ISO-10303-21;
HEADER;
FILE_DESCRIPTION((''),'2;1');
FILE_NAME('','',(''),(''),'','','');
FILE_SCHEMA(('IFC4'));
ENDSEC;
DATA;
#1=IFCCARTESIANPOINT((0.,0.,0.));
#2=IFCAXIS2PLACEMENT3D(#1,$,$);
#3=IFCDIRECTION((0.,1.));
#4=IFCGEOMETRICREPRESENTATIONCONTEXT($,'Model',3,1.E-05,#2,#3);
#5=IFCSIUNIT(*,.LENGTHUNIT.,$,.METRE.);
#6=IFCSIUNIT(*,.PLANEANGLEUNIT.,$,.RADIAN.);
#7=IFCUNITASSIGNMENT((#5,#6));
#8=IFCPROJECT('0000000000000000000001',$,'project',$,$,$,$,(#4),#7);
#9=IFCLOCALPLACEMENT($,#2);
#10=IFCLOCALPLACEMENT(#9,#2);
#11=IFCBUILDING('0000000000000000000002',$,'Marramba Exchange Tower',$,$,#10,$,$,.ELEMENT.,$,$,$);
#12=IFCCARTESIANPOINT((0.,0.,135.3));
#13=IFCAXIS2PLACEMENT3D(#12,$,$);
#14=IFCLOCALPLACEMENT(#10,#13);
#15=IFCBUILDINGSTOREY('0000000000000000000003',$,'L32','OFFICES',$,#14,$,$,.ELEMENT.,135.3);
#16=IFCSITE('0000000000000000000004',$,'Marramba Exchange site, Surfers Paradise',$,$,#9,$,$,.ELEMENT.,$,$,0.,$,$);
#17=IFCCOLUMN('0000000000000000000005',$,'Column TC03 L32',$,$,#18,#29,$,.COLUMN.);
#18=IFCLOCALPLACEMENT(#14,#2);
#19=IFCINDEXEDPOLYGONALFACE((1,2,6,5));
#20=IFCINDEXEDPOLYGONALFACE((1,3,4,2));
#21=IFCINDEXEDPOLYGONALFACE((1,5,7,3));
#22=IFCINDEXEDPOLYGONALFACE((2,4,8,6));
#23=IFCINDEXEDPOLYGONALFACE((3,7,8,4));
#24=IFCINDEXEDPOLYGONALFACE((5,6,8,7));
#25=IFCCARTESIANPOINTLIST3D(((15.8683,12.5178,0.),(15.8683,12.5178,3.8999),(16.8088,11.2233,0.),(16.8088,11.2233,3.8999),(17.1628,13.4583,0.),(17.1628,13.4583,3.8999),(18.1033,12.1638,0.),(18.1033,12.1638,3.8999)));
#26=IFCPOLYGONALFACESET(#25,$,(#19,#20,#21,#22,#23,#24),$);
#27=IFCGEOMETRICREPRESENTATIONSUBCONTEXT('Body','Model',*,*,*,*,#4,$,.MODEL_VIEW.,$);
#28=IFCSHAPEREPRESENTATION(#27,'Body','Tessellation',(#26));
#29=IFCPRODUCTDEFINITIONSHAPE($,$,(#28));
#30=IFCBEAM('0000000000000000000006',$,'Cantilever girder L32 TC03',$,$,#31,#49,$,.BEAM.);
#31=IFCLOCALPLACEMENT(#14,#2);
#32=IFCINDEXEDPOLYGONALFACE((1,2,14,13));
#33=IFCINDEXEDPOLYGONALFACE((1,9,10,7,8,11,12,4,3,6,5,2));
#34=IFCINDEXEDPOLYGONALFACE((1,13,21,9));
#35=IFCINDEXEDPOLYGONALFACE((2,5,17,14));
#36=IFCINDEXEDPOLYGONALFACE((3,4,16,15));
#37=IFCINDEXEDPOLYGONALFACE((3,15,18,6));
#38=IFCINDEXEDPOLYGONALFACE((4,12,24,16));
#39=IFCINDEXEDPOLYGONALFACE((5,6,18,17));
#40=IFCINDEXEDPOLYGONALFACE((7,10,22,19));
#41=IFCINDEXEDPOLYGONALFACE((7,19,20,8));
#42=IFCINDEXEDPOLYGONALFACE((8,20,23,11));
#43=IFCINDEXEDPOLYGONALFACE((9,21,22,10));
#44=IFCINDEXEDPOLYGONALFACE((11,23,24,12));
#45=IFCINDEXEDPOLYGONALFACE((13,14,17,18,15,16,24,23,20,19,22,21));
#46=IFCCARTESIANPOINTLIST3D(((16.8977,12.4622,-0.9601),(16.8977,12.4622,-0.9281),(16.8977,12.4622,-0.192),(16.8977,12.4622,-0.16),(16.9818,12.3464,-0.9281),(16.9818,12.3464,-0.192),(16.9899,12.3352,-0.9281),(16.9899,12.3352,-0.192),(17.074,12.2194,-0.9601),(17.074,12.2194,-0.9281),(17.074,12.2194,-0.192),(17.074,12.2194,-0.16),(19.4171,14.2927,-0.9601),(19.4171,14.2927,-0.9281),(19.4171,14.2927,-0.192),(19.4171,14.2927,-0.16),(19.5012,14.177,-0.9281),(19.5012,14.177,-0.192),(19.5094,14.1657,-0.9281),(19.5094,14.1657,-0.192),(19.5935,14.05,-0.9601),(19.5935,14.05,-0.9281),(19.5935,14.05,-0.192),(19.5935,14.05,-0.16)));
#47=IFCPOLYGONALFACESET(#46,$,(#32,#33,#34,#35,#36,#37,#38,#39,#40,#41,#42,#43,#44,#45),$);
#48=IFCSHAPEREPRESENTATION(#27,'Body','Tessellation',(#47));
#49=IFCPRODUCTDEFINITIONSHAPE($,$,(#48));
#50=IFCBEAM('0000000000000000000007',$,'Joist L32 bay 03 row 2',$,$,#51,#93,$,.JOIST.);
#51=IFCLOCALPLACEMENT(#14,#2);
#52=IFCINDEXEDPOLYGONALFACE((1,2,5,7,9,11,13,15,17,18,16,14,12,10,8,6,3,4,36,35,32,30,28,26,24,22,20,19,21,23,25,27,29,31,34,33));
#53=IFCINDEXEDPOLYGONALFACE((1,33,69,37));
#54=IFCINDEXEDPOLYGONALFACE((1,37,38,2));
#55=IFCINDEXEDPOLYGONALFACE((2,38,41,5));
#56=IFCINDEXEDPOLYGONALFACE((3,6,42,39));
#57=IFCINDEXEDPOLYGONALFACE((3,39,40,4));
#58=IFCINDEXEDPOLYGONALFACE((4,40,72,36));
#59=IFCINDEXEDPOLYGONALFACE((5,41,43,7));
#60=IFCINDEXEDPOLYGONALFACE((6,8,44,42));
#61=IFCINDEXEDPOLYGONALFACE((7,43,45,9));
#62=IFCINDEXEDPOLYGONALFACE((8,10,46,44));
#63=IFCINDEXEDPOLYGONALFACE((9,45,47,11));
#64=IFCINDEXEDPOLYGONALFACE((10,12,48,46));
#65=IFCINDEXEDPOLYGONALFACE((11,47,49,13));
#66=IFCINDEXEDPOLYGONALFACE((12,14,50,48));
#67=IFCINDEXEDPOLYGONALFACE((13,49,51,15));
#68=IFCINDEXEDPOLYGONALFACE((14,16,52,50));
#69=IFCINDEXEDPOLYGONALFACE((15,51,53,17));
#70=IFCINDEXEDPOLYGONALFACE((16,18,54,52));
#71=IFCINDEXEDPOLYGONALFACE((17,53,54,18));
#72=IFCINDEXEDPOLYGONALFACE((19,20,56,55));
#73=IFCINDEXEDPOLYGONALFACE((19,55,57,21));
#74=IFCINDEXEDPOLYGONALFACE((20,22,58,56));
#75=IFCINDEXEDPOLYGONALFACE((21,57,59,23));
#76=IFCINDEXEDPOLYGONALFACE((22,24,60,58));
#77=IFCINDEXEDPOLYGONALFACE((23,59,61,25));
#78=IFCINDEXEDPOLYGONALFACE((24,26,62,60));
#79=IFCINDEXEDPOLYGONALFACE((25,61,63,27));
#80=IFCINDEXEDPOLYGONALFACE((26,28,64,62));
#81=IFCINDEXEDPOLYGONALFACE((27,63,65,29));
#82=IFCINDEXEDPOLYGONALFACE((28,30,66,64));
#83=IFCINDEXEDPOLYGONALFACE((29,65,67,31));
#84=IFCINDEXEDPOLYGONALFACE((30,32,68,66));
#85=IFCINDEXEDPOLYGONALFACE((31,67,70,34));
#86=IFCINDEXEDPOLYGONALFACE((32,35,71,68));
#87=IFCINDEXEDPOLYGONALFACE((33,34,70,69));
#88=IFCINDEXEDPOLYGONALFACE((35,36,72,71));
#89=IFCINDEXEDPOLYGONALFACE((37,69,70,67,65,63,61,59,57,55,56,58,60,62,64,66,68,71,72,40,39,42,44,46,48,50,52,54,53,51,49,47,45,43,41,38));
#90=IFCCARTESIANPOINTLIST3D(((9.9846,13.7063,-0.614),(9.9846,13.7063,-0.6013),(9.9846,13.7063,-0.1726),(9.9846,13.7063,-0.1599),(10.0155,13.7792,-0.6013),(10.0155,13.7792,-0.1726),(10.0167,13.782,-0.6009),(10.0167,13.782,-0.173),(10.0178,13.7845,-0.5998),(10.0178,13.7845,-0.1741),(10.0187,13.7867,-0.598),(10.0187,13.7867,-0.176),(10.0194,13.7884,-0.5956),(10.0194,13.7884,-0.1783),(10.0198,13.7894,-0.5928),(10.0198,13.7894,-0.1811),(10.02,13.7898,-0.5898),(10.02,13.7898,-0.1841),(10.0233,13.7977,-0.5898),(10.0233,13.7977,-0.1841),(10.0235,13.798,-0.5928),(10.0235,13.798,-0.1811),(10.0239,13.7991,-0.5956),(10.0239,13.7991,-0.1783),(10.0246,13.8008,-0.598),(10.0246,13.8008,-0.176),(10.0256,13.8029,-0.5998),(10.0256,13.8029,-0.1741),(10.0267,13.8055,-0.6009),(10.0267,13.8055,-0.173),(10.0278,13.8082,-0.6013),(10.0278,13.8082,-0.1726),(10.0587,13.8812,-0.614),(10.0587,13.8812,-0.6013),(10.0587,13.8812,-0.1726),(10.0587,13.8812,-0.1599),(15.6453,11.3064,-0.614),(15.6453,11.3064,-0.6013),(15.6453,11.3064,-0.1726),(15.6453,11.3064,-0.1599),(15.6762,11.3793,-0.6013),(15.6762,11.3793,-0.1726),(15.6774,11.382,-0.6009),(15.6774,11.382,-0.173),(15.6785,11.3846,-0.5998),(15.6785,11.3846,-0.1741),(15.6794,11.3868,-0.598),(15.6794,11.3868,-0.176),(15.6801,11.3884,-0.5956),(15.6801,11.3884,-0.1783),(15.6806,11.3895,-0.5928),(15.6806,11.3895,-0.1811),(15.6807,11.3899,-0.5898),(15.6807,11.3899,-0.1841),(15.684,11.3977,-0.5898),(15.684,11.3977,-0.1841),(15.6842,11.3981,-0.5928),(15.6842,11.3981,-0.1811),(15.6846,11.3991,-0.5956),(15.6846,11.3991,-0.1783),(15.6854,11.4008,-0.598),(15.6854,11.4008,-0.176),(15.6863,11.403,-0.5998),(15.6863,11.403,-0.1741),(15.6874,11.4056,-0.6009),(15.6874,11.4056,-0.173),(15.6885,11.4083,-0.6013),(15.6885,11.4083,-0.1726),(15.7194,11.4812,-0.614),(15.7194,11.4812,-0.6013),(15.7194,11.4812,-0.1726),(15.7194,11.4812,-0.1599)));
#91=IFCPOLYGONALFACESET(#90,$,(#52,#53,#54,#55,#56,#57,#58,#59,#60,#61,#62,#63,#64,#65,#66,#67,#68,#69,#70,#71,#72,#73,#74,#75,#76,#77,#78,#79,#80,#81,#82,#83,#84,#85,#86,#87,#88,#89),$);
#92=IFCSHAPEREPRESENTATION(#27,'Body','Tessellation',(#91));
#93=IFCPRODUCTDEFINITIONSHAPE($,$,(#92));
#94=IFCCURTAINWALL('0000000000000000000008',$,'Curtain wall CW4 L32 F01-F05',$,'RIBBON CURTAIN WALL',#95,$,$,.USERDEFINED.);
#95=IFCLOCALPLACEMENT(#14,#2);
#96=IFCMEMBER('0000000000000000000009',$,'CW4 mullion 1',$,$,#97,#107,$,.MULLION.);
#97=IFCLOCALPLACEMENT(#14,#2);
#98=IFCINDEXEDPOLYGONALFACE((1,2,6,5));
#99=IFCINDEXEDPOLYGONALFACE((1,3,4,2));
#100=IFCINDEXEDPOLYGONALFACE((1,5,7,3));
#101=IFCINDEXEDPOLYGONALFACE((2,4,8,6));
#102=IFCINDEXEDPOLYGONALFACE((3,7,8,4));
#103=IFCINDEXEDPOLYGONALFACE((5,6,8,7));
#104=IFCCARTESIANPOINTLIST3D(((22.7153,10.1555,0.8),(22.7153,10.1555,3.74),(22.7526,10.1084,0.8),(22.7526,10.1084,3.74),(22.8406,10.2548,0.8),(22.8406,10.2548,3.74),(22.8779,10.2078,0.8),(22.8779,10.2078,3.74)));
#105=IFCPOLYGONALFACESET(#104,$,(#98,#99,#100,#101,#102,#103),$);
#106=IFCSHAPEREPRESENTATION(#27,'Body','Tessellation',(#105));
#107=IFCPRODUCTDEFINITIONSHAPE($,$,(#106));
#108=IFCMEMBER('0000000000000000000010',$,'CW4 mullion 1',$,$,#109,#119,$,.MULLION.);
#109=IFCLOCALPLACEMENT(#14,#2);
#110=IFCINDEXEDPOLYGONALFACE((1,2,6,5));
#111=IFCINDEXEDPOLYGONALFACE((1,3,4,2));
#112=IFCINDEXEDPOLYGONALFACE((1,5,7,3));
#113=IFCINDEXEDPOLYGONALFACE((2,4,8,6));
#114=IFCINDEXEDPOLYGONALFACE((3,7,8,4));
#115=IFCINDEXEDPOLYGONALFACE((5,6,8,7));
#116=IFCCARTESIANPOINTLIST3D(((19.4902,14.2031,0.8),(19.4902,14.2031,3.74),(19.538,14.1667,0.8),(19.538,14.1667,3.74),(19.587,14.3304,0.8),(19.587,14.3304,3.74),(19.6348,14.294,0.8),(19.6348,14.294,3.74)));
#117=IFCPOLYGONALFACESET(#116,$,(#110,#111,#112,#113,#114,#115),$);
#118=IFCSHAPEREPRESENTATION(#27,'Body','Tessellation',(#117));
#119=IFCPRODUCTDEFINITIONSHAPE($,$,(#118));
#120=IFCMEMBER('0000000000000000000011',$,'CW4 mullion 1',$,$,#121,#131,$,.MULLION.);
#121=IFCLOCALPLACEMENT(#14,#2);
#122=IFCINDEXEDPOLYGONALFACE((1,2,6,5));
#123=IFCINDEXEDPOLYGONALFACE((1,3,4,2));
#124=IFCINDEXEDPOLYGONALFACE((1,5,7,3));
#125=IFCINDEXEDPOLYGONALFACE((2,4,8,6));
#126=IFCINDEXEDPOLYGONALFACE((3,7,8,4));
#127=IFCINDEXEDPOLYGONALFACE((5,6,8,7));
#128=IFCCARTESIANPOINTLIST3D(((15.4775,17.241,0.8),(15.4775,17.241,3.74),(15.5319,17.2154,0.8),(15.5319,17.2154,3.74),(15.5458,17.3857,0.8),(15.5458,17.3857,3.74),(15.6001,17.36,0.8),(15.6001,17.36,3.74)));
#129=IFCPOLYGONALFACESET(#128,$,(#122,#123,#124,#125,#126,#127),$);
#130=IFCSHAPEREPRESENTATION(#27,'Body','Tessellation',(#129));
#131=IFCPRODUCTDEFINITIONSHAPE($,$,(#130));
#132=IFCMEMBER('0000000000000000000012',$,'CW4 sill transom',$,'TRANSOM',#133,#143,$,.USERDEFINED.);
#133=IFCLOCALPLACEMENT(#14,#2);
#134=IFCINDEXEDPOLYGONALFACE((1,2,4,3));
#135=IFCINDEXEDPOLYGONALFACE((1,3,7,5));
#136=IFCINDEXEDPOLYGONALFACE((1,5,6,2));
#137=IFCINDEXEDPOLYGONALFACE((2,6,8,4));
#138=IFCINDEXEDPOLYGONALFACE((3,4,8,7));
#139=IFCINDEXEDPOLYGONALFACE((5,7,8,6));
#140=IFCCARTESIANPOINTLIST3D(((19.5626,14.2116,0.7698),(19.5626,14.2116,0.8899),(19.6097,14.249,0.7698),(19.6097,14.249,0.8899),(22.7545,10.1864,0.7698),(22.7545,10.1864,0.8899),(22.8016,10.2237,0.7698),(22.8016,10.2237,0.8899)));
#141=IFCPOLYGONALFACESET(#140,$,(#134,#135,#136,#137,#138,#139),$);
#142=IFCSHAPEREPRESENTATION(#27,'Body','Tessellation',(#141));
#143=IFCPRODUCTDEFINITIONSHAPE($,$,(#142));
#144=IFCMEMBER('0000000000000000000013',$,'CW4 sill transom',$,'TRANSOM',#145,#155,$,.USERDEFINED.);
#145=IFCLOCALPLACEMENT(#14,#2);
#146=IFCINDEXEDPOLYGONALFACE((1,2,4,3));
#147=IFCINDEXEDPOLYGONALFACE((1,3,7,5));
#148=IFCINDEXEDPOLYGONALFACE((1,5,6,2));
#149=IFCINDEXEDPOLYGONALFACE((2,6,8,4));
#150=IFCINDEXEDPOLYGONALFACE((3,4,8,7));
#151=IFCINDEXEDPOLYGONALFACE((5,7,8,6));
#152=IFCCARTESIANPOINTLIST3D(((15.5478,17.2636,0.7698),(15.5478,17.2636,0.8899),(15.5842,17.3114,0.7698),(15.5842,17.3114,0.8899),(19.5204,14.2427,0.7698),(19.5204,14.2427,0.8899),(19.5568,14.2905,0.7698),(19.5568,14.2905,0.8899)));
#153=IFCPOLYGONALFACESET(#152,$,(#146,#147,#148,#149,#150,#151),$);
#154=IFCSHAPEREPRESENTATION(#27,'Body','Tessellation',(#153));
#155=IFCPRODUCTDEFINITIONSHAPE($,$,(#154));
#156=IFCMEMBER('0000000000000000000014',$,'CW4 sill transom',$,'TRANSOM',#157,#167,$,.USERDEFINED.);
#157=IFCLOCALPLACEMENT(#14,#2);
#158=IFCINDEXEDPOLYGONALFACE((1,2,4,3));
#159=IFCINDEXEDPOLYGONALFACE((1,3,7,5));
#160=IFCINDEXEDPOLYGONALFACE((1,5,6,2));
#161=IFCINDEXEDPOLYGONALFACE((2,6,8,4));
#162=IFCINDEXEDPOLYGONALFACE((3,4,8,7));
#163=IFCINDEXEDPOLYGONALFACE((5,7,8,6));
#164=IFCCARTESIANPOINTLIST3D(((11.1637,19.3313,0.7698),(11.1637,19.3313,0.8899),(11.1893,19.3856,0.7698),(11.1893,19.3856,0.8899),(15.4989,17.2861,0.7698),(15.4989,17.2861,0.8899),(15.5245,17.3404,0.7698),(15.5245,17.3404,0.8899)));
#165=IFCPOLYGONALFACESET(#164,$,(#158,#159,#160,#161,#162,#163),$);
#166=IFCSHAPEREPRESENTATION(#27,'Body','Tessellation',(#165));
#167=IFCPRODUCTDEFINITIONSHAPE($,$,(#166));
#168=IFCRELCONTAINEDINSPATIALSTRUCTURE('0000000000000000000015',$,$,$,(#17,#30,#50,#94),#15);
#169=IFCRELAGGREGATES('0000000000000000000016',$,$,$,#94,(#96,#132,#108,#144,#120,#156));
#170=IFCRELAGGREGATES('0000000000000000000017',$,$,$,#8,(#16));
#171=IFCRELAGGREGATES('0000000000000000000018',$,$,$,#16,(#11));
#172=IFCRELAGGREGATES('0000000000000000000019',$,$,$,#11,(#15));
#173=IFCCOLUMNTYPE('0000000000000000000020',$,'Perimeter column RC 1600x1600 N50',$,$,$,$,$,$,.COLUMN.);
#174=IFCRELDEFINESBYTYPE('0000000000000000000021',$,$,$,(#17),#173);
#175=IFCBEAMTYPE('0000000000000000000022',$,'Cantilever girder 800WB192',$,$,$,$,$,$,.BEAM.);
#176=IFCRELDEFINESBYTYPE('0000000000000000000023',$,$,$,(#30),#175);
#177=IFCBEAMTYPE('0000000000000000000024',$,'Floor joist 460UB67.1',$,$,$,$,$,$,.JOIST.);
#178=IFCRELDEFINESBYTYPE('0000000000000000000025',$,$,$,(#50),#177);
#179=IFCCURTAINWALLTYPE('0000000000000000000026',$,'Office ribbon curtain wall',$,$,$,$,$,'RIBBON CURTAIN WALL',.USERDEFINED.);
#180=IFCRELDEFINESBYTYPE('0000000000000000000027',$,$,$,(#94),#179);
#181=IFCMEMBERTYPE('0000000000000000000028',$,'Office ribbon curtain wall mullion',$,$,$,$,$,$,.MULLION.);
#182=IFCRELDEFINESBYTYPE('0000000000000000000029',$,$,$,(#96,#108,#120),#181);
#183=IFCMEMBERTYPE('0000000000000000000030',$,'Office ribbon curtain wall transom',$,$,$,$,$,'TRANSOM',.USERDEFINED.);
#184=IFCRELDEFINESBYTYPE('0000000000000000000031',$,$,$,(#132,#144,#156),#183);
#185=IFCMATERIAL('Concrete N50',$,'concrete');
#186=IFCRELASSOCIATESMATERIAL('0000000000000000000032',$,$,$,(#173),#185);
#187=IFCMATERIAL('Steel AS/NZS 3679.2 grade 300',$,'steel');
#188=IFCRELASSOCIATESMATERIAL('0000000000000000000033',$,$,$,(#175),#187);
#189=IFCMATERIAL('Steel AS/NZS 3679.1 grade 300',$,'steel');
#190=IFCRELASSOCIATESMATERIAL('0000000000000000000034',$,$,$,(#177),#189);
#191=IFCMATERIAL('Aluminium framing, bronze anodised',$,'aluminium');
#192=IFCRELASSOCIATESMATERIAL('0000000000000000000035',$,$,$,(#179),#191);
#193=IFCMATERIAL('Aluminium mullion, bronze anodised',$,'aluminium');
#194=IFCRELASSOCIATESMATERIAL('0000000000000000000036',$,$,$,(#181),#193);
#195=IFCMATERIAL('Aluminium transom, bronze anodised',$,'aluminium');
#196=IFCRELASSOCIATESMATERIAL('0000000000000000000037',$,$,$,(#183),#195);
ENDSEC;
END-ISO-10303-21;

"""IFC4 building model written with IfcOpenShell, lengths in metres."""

from ifc_helpers import new_model, si_unit, direction, frame, origin, origin_2d, place, context, subcontext, project, spatial, rectangle, i_section, extrude, material, material_profile, profile_set, type_object, element, aggregate, save


model = new_model("IFC4")

# Units and contexts
model_context = context("Model", 3, precision=1e-05, world=origin(), true_north=direction((0.0, 1.0)))
body_context = subcontext(model_context, "Body", "Model", "MODEL_VIEW")
ifc_project = project(units=[si_unit("LENGTHUNIT", "METRE"), si_unit("PLANEANGLEUNIT", "RADIAN")], contexts=[model_context])

# Site, building, storey
site_placement = place(None, origin())
site = spatial("IfcSite", under=ifc_project, at=site_placement, Name="Marramba Exchange site, Surfers Paradise", CompositionType="ELEMENT", RefElevation=0.0)
building_placement = place(site_placement, origin())
building = spatial("IfcBuilding", under=site, at=building_placement, Name="Marramba Exchange Tower", CompositionType="ELEMENT")
storey_placement = place(building_placement, frame((0.0, 0.0, 135.3)))
storey = spatial("IfcBuildingStorey", under=building, at=storey_placement, Name="L32", Description="OFFICES", CompositionType="ELEMENT", Elevation=135.3)

# Column
ifc_material_1 = material(Name="Concrete N50", Category="concrete")
ifc_material_profile_1 = material_profile(ifc_material_1, rectangle(XDim=1.6001, YDim=1.6001, at=origin_2d()), Name="RC 1600x1600")
ifc_profile_set_1 = profile_set([ifc_material_profile_1], Name="Concrete N50")
column_type = type_object("IfcColumnType", Name="Perimeter column RC 1600x1600 N50", PredefinedType="COLUMN", material=ifc_profile_set_1)
column_placement = place(storey_placement, frame((16.9858, 12.3408, 0.0), z_axis=(0.0, 0.0, 1.0), x_axis=(0.809017, 0.587785, 0.0)))
element("IfcColumn", 1, at=column_placement, inside=storey, type_object=column_type, Name="Column TC03 L32", PredefinedType="COLUMN", context=body_context, shape_type="SweptSolid", body=[
    extrude(rectangle(XDim=1.6001, YDim=1.6001, at=origin_2d()), origin(), (0.0, 0.0, 1.0), 3.8999),
])

# Beams
ifc_material_2 = material(Name="Steel AS/NZS 3679.2 grade 300", Category="steel")
ifc_material_profile_2 = material_profile(ifc_material_2, i_section(OverallWidth=0.3, OverallDepth=0.8, WebThickness=0.0139, FlangeThickness=0.032, at=origin_2d()), Name="800WB192")
ifc_profile_set_2 = profile_set([ifc_material_profile_2], Name="Steel AS/NZS 3679.2 grade 300")
beam_type_1 = type_object("IfcBeamType", Name="Cantilever girder 800WB192", PredefinedType="BEAM", material=ifc_profile_set_2)
beam_1_placement = place(storey_placement, frame((16.9858, 12.3408, -0.5601), z_axis=(0.809014, 0.587789, 0.0), x_axis=(-0.587789, 0.809014, 0.0)))
element("IfcBeam", 2, at=beam_1_placement, inside=storey, type_object=beam_type_1, Name="Cantilever girder L32 TC03", PredefinedType="BEAM", context=body_context, shape_type="SweptSolid", body=[
    extrude(i_section(OverallWidth=0.3, OverallDepth=0.8, WebThickness=0.0139, FlangeThickness=0.032, at=origin_2d()), origin(), (0.0, 0.0, 1.0), 3.1143),
])
ifc_material_3 = material(Name="Steel AS/NZS 3679.1 grade 300", Category="steel")
ifc_material_profile_3 = material_profile(ifc_material_3, i_section(OverallWidth=0.1899, OverallDepth=0.4541, WebThickness=0.0085, FlangeThickness=0.0127, FilletRadius=0.0115, at=origin_2d()), Name="460UB67.1")
ifc_profile_set_3 = profile_set([ifc_material_profile_3], Name="Steel AS/NZS 3679.1 grade 300")
beam_type_2 = type_object("IfcBeamType", Name="Floor joist 460UB67.1", PredefinedType="JOIST", material=ifc_profile_set_3)
beam_2_placement = place(storey_placement, frame((15.6824, 11.3938, -0.387), z_axis=(-0.920674, 0.390332, 0.0), x_axis=(-0.390332, -0.920674, 0.0)))
element("IfcBeam", 3, at=beam_2_placement, inside=storey, type_object=beam_type_2, Name="Joist L32 bay 03 row 2", PredefinedType="JOIST", context=body_context, shape_type="SweptSolid", body=[
    extrude(i_section(OverallWidth=0.1899, OverallDepth=0.4541, WebThickness=0.0085, FlangeThickness=0.0127, FilletRadius=0.0115, at=origin_2d()), origin(), (0.0, 0.0, 1.0), 6.1484),
])

# Curtain wall, members
ifc_material_4 = material(Name="Aluminium framing, bronze anodised", Category="aluminium")
curtain_wall_type = type_object("IfcCurtainWallType", Name="Office ribbon curtain wall", ElementType="RIBBON CURTAIN WALL", PredefinedType="USERDEFINED", material=ifc_material_4)
curtain_wall_placement = place(storey_placement, origin())
curtain_wall = element("IfcCurtainWall", 4, at=curtain_wall_placement, inside=storey, type_object=curtain_wall_type, Name="Curtain wall CW4 L32 F01-F05", ObjectType="RIBBON CURTAIN WALL", PredefinedType="USERDEFINED")
ifc_material_5 = material(Name="Aluminium mullion, bronze anodised", Category="aluminium")
ifc_material_profile_4 = material_profile(ifc_material_5, rectangle(XDim=0.1599, YDim=0.0601, at=origin_2d()), Name="CW4 mullion 60x160")
ifc_profile_set_4 = profile_set([ifc_material_profile_4], Name="Aluminium mullion, bronze anodised")
member_type_1 = type_object("IfcMemberType", Name="Office ribbon curtain wall mullion", PredefinedType="MULLION", material=ifc_profile_set_4)
member_1_placement = place(storey_placement, frame((22.7966, 10.1816, 0.8), z_axis=(0.0, 0.0, 1.0), x_axis=(-0.783563, -0.621312, 0.0)))
member_1 = element("IfcMember", 5, at=member_1_placement, type_object=member_type_1, Name="CW4 mullion 1", PredefinedType="MULLION", context=body_context, shape_type="SweptSolid", body=[
    extrude(rectangle(XDim=0.1599, YDim=0.0601, at=origin_2d()), origin(), (0.0, 0.0, 1.0), 2.9399),
])
member_2_placement = place(storey_placement, frame((19.5625, 14.2485, 0.8), z_axis=(0.0, 0.0, 1.0), x_axis=(-0.605334, -0.795972, 0.0)))
member_2 = element("IfcMember", 6, at=member_2_placement, type_object=member_type_1, Name="CW4 mullion 1", PredefinedType="MULLION", context=body_context, shape_type="SweptSolid", body=[
    extrude(rectangle(XDim=0.1599, YDim=0.0601, at=origin_2d()), origin(), (0.0, 0.0, 1.0), 2.9399),
])
member_3_placement = place(storey_placement, frame((15.5388, 17.3005, 0.8), z_axis=(0.0, 0.0, 1.0), x_axis=(-0.426679, -0.904403, 0.0)))
member_3 = element("IfcMember", 7, at=member_3_placement, type_object=member_type_1, Name="CW4 mullion 1", PredefinedType="MULLION", context=body_context, shape_type="SweptSolid", body=[
    extrude(rectangle(XDim=0.1599, YDim=0.0601, at=origin_2d()), origin(), (0.0, 0.0, 1.0), 2.9399),
])
ifc_material_6 = material(Name="Aluminium transom, bronze anodised", Category="aluminium")
ifc_material_profile_5 = material_profile(ifc_material_6, rectangle(XDim=0.0601, YDim=0.1201, at=origin_2d()), Name="CW4 transom 60x120")
ifc_profile_set_5 = profile_set([ifc_material_profile_5], Name="Aluminium transom, bronze anodised")
member_type_2 = type_object("IfcMemberType", Name="Office ribbon curtain wall transom", ElementType="TRANSOM", PredefinedType="USERDEFINED", material=ifc_profile_set_5)
member_4_placement = place(storey_placement, frame((22.7781, 10.2051, 0.8298), z_axis=(-0.621339, 0.783542, 0.0), x_axis=(-0.783542, -0.621339, 0.0)))
member_4 = element("IfcMember", 8, at=member_4_placement, type_object=member_type_2, Name="CW4 sill transom", ObjectType="TRANSOM", PredefinedType="USERDEFINED", context=body_context, shape_type="SweptSolid", body=[
    extrude(rectangle(XDim=0.0601, YDim=0.1201, at=origin_2d()), origin(), (0.0, 0.0, 1.0), 5.1372),
])
member_5_placement = place(storey_placement, frame((19.5386, 14.2666, 0.8298), z_axis=(-0.795991, 0.605309, 0.0), x_axis=(-0.605309, -0.795991, 0.0)))
member_5 = element("IfcMember", 9, at=member_5_placement, type_object=member_type_2, Name="CW4 sill transom", ObjectType="TRANSOM", PredefinedType="USERDEFINED", context=body_context, shape_type="SweptSolid", body=[
    extrude(rectangle(XDim=0.0601, YDim=0.1201, at=origin_2d()), origin(), (0.0, 0.0, 1.0), 4.9907),
])
member_6_placement = place(storey_placement, frame((15.5117, 17.3132, 0.8298), z_axis=(-0.904411, 0.426663, 0.0), x_axis=(-0.426663, -0.904411, 0.0)))
member_6 = element("IfcMember", 10, at=member_6_placement, type_object=member_type_2, Name="CW4 sill transom", ObjectType="TRANSOM", PredefinedType="USERDEFINED", context=body_context, shape_type="SweptSolid", body=[
    extrude(rectangle(XDim=0.0601, YDim=0.1201, at=origin_2d()), origin(), (0.0, 0.0, 1.0), 4.7935),
])

aggregate(curtain_wall, [member_1, member_4, member_2, member_5, member_3, member_6])

save(model, "model.ifc")
